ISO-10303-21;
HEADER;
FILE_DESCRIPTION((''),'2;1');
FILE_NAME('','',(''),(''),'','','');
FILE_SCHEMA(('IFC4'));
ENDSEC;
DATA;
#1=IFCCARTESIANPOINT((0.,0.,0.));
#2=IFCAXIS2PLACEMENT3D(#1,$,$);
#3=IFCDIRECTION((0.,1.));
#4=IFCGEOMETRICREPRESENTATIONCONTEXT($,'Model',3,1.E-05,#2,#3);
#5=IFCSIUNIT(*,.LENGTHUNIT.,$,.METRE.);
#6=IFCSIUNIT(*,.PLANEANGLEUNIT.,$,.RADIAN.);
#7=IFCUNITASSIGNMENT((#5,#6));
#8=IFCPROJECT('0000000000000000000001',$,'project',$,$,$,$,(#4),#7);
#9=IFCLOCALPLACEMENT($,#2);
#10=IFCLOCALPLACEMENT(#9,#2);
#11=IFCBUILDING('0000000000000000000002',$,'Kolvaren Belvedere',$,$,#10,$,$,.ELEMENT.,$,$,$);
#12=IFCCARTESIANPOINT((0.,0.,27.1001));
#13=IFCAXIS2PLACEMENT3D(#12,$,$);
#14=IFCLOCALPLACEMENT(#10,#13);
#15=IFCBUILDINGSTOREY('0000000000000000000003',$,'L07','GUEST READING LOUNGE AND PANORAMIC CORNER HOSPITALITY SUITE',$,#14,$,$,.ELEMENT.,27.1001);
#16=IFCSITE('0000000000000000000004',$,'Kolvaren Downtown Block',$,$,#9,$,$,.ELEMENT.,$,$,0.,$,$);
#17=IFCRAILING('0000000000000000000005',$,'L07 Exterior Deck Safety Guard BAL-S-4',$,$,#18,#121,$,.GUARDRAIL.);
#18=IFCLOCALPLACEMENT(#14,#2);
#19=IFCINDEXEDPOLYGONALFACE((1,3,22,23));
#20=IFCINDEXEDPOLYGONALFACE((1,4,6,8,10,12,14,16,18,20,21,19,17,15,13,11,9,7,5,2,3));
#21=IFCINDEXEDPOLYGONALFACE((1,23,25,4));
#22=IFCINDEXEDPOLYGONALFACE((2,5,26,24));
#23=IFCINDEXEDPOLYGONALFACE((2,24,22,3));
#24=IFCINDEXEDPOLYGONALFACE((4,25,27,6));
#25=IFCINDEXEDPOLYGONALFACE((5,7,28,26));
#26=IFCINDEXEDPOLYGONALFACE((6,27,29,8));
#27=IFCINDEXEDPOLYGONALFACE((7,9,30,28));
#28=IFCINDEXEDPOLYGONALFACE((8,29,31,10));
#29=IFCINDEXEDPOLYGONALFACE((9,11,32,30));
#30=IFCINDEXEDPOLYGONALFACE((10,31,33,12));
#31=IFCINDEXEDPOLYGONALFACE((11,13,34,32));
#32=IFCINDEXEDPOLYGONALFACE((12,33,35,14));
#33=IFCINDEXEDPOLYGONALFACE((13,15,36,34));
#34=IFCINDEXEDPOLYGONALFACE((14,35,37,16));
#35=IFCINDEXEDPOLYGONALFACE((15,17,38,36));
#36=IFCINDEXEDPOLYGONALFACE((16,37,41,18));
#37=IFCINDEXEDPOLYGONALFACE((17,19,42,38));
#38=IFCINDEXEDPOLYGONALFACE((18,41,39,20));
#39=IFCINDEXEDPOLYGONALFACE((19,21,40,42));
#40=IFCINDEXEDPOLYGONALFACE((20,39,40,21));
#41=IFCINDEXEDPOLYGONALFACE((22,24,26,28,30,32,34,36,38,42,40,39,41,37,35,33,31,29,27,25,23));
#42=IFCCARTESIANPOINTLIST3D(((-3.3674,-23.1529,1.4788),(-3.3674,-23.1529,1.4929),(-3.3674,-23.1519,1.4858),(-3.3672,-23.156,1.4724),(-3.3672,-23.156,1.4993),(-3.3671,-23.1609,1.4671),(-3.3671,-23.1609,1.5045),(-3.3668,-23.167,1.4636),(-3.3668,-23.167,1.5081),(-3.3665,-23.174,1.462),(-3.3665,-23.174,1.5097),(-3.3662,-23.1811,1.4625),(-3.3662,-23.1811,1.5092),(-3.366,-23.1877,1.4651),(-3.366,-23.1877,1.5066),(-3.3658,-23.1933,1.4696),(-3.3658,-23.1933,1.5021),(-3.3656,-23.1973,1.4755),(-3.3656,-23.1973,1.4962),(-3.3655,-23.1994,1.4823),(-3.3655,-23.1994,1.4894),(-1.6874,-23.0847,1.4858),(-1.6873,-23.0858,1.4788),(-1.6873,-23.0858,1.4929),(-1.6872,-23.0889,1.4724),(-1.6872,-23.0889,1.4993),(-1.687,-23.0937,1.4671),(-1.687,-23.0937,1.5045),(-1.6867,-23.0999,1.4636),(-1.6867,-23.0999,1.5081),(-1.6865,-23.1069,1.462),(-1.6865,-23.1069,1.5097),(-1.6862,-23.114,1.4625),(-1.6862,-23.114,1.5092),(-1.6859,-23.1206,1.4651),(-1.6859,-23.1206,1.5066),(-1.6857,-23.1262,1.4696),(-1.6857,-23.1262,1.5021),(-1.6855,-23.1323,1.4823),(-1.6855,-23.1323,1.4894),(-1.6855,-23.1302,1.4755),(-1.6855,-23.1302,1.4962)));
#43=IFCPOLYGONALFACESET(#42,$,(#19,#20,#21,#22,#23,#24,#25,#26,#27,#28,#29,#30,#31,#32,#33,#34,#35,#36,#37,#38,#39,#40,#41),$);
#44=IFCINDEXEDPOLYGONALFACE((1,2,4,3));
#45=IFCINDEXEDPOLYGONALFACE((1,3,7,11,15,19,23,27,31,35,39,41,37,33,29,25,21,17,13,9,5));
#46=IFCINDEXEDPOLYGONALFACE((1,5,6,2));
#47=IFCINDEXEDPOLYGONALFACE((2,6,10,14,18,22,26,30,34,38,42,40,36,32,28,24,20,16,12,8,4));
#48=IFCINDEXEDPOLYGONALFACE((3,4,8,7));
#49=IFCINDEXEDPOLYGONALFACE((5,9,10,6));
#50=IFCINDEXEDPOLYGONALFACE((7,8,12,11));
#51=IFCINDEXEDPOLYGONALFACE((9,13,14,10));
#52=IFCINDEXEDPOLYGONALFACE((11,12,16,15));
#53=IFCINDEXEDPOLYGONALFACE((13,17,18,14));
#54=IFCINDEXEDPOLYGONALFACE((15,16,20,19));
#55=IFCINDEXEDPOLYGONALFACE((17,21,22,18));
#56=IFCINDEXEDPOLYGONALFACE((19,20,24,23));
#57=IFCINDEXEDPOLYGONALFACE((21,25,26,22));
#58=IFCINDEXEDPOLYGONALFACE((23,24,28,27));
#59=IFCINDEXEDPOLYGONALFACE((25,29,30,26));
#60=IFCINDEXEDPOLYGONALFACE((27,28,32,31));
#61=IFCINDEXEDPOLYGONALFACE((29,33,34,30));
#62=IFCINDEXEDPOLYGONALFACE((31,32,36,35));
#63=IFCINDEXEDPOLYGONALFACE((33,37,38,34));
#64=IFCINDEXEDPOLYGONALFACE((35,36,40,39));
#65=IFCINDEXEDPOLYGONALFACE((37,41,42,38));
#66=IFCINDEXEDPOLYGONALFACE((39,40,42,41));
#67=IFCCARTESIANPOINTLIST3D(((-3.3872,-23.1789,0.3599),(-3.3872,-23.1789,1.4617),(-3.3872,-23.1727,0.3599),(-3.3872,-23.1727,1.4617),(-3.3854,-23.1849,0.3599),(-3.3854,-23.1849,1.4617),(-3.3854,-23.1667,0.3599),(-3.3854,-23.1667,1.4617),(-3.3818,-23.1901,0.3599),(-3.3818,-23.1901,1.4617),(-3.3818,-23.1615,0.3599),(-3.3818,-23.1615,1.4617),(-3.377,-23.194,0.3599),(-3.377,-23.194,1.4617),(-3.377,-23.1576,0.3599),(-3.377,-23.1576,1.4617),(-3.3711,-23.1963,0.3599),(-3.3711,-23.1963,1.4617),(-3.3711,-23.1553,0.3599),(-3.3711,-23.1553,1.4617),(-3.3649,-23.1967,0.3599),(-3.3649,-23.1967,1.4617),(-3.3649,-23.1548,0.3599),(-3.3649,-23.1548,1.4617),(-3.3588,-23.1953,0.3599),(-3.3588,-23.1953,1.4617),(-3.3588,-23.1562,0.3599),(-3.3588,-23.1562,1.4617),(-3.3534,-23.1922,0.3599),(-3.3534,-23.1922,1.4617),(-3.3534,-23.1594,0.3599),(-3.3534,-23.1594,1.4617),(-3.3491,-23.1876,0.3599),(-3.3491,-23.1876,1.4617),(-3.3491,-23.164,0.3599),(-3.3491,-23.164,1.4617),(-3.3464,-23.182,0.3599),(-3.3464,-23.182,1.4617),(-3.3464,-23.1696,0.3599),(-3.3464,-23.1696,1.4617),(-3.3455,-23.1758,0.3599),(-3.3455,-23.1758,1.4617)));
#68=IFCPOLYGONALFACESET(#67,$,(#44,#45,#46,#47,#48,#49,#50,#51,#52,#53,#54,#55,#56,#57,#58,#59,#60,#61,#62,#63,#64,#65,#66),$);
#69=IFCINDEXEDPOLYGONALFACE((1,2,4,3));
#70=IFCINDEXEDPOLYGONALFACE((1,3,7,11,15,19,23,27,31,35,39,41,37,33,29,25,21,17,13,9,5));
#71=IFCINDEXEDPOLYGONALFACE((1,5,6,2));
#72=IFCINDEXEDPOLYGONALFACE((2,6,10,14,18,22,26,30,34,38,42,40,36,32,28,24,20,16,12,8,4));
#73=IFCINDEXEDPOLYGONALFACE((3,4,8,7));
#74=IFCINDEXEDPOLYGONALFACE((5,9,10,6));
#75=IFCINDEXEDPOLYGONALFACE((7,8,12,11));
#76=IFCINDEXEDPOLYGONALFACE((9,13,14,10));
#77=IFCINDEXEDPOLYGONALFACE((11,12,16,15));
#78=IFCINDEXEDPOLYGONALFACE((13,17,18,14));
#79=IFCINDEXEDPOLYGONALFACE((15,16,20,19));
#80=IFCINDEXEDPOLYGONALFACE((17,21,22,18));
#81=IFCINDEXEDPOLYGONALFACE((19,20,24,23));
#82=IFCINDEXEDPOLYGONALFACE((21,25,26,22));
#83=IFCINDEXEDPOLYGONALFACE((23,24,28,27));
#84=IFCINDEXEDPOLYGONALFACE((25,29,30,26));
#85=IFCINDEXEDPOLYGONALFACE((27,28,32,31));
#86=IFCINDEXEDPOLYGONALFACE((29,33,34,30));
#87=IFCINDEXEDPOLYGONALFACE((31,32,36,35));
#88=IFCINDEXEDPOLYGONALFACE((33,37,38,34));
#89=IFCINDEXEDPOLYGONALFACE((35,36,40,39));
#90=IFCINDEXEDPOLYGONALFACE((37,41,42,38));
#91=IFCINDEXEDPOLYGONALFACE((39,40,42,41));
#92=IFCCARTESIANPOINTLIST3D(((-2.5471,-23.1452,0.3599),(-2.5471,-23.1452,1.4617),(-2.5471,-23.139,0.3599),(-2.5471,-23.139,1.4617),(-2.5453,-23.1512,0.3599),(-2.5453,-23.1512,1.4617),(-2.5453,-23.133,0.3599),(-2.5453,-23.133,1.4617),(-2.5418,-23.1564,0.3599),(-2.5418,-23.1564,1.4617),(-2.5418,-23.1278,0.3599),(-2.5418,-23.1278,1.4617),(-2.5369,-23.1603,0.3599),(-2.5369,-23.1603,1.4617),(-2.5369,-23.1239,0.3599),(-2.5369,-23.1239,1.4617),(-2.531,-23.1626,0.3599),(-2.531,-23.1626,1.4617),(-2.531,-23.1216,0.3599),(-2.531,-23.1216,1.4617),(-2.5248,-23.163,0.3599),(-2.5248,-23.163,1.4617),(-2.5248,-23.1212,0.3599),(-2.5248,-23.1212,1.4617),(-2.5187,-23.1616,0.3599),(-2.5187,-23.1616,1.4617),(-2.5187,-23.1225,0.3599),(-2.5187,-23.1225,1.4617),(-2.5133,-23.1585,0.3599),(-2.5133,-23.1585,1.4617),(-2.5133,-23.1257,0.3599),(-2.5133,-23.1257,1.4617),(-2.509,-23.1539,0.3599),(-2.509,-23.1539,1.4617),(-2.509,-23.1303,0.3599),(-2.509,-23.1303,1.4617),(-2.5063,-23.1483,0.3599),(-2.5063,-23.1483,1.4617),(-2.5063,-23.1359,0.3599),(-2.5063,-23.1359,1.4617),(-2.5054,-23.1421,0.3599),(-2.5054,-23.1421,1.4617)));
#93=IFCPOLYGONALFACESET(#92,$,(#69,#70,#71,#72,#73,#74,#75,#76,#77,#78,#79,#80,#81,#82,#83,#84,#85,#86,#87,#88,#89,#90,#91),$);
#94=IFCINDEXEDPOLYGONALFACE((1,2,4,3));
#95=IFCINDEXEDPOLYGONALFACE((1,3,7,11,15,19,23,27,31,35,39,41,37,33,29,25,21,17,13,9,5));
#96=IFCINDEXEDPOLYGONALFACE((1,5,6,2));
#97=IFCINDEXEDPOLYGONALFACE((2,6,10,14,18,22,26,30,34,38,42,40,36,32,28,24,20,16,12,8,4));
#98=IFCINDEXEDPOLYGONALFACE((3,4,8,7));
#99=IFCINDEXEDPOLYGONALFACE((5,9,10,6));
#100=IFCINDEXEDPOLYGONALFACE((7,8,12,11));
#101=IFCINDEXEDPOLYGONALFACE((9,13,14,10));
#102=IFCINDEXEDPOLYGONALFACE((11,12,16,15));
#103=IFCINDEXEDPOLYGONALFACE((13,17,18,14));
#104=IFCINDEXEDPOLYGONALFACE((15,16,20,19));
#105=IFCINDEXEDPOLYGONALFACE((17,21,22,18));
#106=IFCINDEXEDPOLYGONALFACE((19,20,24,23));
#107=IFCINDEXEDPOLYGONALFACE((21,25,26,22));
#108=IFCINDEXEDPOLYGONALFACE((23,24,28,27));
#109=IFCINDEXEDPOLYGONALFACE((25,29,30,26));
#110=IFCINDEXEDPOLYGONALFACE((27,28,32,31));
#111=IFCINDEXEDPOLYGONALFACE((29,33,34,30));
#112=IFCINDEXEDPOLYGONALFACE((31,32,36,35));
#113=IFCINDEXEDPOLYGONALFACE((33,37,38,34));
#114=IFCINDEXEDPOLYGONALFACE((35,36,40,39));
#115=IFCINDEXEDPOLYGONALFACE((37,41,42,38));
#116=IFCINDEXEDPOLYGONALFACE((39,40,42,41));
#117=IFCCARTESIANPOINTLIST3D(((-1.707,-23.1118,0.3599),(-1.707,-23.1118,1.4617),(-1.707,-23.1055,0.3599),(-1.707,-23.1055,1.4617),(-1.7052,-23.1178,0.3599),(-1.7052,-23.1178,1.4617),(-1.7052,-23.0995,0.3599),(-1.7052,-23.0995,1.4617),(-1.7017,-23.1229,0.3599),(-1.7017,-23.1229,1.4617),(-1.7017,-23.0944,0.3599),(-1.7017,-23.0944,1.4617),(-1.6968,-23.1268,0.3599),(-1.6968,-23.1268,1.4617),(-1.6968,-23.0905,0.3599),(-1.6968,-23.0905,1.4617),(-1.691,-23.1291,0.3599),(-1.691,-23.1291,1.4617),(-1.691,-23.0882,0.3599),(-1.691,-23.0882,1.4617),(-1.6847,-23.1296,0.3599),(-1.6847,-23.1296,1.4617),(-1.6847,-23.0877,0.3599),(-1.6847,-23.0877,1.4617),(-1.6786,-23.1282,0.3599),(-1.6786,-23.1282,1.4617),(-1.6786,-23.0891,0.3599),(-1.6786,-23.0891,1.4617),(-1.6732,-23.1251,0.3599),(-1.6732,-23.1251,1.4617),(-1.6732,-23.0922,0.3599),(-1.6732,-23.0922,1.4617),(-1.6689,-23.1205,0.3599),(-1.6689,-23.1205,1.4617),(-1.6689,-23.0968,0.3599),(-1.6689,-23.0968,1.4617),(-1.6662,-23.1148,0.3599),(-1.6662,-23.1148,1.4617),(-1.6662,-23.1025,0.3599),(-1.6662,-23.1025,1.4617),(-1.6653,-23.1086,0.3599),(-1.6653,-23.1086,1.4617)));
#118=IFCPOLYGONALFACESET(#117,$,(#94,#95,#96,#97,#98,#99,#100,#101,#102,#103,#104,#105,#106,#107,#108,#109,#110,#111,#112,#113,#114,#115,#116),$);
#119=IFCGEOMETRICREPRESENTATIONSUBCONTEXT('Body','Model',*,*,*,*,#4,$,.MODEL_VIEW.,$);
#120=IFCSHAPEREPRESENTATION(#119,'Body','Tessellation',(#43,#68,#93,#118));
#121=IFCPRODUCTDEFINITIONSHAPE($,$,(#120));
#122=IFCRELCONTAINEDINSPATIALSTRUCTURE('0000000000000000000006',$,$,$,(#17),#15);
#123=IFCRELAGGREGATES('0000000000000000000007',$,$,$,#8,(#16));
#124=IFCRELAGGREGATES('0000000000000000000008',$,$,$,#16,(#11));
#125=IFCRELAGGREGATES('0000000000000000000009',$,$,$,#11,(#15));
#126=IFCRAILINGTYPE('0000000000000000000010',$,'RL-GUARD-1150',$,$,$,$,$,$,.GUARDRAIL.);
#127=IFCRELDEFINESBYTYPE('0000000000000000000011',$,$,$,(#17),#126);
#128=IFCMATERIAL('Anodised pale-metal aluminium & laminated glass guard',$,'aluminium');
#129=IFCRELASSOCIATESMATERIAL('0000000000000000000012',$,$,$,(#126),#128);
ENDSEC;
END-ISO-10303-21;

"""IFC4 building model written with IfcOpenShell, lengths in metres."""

from ifc_helpers import new_model, si_unit, direction, frame, origin, origin_2d, place, context, subcontext, project, spatial, circle, extrude, material, type_object, element, save


model = new_model("IFC4")

# Units and contexts
model_context = context("Model", 3, precision=1e-05, world=origin(), true_north=direction((0.0, 1.0)))
body_context = subcontext(model_context, "Body", "Model", "MODEL_VIEW")
ifc_project = project(units=[si_unit("LENGTHUNIT", "METRE"), si_unit("PLANEANGLEUNIT", "RADIAN")], contexts=[model_context])

# Site, building, storey
site_placement = place(None, origin())
site = spatial("IfcSite", under=ifc_project, at=site_placement, Name="Kolvaren Downtown Block", CompositionType="ELEMENT", RefElevation=0.0)
building_placement = place(site_placement, origin())
building = spatial("IfcBuilding", under=site, at=building_placement, Name="Kolvaren Belvedere", CompositionType="ELEMENT")
storey_placement = place(building_placement, frame((0.0, 0.0, 27.1001)))
storey = spatial("IfcBuildingStorey", under=building, at=storey_placement, Name="L07", Description="GUEST READING LOUNGE AND PANORAMIC CORNER HOSPITALITY SUITE", CompositionType="ELEMENT", Elevation=27.1001)

# Railing
ifc_material_1 = material(Name="Anodised pale-metal aluminium & laminated glass guard", Category="aluminium")
railing_type = type_object("IfcRailingType", Name="RL-GUARD-1150", PredefinedType="GUARDRAIL", material=ifc_material_1)
railing_1_placement = place(storey_placement, frame((-3.3665, -23.1758, 0.3599)))
element("IfcRailing", 1, at=railing_1_placement, inside=storey, type_object=railing_type, Name="L07 Exterior Deck Safety Guard BAL-S-4", PredefinedType="GUARDRAIL", context=body_context, shape_type="SweptSolid", body=[
    extrude(circle(Radius=0.0239, at=origin_2d()), frame((0.0, 0.0, 1.126), z_axis=(0.999203, 0.039927, 0.0), x_axis=(-0.039927, 0.999203, 0.0)), (0.0, 0.0, 1.0), 1.6814),
    extrude(circle(Radius=0.021, at=origin_2d()), origin(), (0.0, 0.0, 1.0), 1.1018),
    extrude(circle(Radius=0.021, at=origin_2d()), frame((0.8401, 0.0337, 0.0)), (0.0, 0.0, 1.0), 1.1018),
    extrude(circle(Radius=0.021, at=origin_2d()), frame((1.6802, 0.0671, 0.0)), (0.0, 0.0, 1.0), 1.1018),
])

save(model, "model.ifc")
